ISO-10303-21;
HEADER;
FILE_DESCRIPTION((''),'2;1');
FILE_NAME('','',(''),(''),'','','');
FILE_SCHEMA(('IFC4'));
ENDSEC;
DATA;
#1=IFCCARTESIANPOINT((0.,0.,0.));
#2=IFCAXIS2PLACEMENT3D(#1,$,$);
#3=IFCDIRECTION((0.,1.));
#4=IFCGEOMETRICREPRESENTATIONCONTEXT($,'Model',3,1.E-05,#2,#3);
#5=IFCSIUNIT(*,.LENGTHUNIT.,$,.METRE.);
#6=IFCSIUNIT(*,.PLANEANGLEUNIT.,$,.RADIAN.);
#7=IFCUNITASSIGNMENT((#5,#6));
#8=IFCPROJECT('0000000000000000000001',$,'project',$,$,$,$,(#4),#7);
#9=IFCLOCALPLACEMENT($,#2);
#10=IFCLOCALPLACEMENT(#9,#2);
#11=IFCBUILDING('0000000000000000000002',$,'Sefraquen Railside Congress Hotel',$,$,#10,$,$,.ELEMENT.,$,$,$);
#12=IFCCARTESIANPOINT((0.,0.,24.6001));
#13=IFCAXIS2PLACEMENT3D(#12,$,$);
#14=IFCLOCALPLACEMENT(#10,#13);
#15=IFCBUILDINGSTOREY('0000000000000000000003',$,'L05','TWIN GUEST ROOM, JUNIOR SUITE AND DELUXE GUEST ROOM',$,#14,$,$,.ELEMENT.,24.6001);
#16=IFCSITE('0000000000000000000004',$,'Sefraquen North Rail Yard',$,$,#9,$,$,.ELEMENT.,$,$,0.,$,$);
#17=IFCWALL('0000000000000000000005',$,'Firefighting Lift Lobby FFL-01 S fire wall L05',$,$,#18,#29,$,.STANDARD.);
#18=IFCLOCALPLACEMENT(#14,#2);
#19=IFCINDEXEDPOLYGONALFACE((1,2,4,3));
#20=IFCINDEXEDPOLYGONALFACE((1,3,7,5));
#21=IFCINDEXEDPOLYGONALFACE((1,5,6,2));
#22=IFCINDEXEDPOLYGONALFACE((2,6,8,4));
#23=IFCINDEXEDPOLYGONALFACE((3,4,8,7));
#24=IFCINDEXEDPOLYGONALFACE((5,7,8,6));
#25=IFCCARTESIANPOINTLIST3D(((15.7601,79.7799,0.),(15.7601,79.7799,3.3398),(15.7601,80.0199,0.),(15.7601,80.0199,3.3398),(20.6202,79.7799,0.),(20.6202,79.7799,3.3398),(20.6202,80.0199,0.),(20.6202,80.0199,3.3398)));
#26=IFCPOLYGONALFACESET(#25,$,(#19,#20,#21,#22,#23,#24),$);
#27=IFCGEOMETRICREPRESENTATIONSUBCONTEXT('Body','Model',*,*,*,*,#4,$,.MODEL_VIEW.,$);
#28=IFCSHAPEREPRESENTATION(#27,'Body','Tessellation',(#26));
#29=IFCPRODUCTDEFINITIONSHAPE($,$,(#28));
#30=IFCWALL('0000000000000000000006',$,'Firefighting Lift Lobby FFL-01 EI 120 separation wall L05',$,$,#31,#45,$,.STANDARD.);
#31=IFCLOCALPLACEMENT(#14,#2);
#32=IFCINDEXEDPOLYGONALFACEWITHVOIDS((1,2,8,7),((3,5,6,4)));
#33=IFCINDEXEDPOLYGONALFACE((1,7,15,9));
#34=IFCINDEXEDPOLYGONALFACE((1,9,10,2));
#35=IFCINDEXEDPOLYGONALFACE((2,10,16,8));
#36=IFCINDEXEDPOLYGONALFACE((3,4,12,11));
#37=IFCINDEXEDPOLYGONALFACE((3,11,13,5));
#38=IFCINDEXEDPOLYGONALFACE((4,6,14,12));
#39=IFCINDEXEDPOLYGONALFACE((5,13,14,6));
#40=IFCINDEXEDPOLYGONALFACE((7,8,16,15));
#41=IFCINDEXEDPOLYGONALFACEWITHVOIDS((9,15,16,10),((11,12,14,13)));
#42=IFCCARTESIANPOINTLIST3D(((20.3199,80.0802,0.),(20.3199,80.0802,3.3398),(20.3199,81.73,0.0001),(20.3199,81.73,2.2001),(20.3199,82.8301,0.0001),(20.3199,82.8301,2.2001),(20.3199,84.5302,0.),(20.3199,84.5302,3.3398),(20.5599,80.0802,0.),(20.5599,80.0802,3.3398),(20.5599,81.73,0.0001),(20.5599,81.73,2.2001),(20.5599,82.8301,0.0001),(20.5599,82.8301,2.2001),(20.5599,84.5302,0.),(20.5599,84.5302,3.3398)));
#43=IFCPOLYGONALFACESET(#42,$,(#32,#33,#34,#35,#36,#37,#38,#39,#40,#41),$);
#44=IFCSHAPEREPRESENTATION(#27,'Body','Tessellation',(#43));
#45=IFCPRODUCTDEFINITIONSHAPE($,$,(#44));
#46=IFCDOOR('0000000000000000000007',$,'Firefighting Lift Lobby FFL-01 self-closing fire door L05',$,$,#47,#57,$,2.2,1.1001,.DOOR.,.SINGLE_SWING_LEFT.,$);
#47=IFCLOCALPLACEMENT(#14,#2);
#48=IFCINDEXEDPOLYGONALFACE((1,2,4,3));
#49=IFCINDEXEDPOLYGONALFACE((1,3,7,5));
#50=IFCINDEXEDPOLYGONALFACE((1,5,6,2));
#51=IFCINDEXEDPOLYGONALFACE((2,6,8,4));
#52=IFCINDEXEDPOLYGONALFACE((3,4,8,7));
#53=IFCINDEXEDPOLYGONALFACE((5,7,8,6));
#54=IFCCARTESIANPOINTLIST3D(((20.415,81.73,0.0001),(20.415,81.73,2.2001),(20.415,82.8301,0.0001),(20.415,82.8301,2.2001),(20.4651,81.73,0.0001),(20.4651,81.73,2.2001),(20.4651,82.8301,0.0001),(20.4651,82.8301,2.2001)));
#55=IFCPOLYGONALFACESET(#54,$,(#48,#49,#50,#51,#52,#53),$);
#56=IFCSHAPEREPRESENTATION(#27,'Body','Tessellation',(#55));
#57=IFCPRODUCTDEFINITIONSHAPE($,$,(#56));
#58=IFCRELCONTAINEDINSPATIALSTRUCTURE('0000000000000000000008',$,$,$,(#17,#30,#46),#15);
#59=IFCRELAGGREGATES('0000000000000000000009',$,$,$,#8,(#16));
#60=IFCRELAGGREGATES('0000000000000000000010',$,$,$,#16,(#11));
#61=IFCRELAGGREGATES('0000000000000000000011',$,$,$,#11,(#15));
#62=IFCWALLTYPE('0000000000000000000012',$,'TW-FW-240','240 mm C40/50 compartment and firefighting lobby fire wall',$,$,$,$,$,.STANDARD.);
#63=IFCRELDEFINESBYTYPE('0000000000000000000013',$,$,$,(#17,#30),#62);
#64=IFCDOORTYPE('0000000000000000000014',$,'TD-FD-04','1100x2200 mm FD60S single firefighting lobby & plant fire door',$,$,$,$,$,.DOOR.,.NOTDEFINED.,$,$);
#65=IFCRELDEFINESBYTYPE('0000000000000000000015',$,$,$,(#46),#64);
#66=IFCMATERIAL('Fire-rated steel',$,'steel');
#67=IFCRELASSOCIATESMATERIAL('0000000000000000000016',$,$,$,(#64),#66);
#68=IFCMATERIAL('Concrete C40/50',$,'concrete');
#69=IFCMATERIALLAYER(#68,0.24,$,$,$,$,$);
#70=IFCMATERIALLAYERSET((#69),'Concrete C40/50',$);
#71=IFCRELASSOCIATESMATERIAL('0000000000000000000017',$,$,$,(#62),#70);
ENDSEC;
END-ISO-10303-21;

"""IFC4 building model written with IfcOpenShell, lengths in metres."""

from ifc_helpers import new_model, si_unit, direction, frame, frame_2d, origin, place, context, subcontext, project, spatial, rectangle, extrude, material, layer, layer_set, type_object, element, fill, save


model = new_model("IFC4")

# Units and contexts
model_context = context("Model", 3, precision=1e-05, world=origin(), true_north=direction((0.0, 1.0)))
body_context = subcontext(model_context, "Body", "Model", "MODEL_VIEW")
ifc_project = project(units=[si_unit("LENGTHUNIT", "METRE"), si_unit("PLANEANGLEUNIT", "RADIAN")], contexts=[model_context])

# Site, building, storey
site_placement = place(None, origin())
site = spatial("IfcSite", under=ifc_project, at=site_placement, Name="Sefraquen North Rail Yard", CompositionType="ELEMENT", RefElevation=0.0)
building_placement = place(site_placement, origin())
building = spatial("IfcBuilding", under=site, at=building_placement, Name="Sefraquen Railside Congress Hotel", CompositionType="ELEMENT")
storey_placement = place(building_placement, frame((0.0, 0.0, 24.6001)))
storey = spatial("IfcBuildingStorey", under=building, at=storey_placement, Name="L05", Description="TWIN GUEST ROOM, JUNIOR SUITE AND DELUXE GUEST ROOM", CompositionType="ELEMENT", Elevation=24.6001)

# Shared definitions
ifc_material_1 = material(Name="Fire-rated steel", Category="steel")
door_type = type_object("IfcDoorType", Name="TD-FD-04", Description="1100x2200 mm FD60S single firefighting lobby & plant fire door", OperationType="NOTDEFINED", PredefinedType="DOOR", material=ifc_material_1)

# Wall
ifc_material_2 = material(Name="Concrete C40/50", Category="concrete")
ifc_layer_1 = layer(ifc_material_2, 0.24)
ifc_layer_set_1 = layer_set([ifc_layer_1], Name="Concrete C40/50")
wall_type_1 = type_object("IfcWallType", Name="TW-FW-240", Description="240 mm C40/50 compartment and firefighting lobby fire wall", PredefinedType="STANDARD", material=ifc_layer_set_1)
wall_1_placement = place(storey_placement, frame((15.76, 79.8999, 0.0), z_axis=(0.0, 0.0, 1.0), x_axis=(1.0, 0.0, 0.0)))
element("IfcWall", 1, at=wall_1_placement, inside=storey, type_object=wall_type_1, Name="Firefighting Lift Lobby FFL-01 S fire wall L05", PredefinedType="STANDARD", context=body_context, shape_type="SweptSolid", body=[
    extrude(rectangle(XDim=4.8601, YDim=0.24, at=frame_2d((2.4302, 0.0))), origin(), (0.0, 0.0, 1.0), 3.3398),
])

# Wall, opening, door
wall_2_placement = place(storey_placement, frame((20.4399, 80.0801, 0.0), z_axis=(0.0, 0.0, 1.0), x_axis=(0.0, 1.0, 0.0)))
wall_2 = element("IfcWall", 2, at=wall_2_placement, inside=storey, type_object=wall_type_1, Name="Firefighting Lift Lobby FFL-01 EI 120 separation wall L05", PredefinedType="STANDARD", context=body_context, shape_type="SweptSolid", body=[
    extrude(rectangle(XDim=4.45, YDim=0.24, at=frame_2d((2.2251, 0.0))), origin(), (0.0, 0.0, 1.0), 3.3398),
])
opening_1_placement = place(wall_2_placement, frame((1.6499, 0.0, 0.0)))
opening_1 = element("IfcOpeningElement", 3, at=opening_1_placement, cuts=wall_2, PredefinedType="OPENING", context=body_context, shape_type="SweptSolid", body=[
    extrude(rectangle(XDim=1.1001, YDim=2.2, at=frame_2d((0.55, 1.1001))), frame((0.0, 0.1299, 0.0), z_axis=(0.0, -1.0, 0.0), x_axis=(1.0, 0.0, 0.0)), (0.0, 0.0, 1.0), 0.26),
])
door_1_placement = place(opening_1_placement, origin())
door_1 = element("IfcDoor", 4, at=door_1_placement, inside=storey, type_object=door_type, Name="Firefighting Lift Lobby FFL-01 self-closing fire door L05", OperationType="SINGLE_SWING_LEFT", OverallHeight=2.2, OverallWidth=1.1001, PredefinedType="DOOR", context=body_context, shape_type="SweptSolid", body=[
    extrude(rectangle(XDim=1.1001, YDim=2.2, at=frame_2d((0.55, 1.1001))), frame((0.0, 0.0249, 0.0), z_axis=(0.0, -1.0, 0.0), x_axis=(1.0, 0.0, 0.0)), (0.0, 0.0, 1.0), 0.05),
])
fill(opening_1, door_1)

save(model, "model.ifc")
